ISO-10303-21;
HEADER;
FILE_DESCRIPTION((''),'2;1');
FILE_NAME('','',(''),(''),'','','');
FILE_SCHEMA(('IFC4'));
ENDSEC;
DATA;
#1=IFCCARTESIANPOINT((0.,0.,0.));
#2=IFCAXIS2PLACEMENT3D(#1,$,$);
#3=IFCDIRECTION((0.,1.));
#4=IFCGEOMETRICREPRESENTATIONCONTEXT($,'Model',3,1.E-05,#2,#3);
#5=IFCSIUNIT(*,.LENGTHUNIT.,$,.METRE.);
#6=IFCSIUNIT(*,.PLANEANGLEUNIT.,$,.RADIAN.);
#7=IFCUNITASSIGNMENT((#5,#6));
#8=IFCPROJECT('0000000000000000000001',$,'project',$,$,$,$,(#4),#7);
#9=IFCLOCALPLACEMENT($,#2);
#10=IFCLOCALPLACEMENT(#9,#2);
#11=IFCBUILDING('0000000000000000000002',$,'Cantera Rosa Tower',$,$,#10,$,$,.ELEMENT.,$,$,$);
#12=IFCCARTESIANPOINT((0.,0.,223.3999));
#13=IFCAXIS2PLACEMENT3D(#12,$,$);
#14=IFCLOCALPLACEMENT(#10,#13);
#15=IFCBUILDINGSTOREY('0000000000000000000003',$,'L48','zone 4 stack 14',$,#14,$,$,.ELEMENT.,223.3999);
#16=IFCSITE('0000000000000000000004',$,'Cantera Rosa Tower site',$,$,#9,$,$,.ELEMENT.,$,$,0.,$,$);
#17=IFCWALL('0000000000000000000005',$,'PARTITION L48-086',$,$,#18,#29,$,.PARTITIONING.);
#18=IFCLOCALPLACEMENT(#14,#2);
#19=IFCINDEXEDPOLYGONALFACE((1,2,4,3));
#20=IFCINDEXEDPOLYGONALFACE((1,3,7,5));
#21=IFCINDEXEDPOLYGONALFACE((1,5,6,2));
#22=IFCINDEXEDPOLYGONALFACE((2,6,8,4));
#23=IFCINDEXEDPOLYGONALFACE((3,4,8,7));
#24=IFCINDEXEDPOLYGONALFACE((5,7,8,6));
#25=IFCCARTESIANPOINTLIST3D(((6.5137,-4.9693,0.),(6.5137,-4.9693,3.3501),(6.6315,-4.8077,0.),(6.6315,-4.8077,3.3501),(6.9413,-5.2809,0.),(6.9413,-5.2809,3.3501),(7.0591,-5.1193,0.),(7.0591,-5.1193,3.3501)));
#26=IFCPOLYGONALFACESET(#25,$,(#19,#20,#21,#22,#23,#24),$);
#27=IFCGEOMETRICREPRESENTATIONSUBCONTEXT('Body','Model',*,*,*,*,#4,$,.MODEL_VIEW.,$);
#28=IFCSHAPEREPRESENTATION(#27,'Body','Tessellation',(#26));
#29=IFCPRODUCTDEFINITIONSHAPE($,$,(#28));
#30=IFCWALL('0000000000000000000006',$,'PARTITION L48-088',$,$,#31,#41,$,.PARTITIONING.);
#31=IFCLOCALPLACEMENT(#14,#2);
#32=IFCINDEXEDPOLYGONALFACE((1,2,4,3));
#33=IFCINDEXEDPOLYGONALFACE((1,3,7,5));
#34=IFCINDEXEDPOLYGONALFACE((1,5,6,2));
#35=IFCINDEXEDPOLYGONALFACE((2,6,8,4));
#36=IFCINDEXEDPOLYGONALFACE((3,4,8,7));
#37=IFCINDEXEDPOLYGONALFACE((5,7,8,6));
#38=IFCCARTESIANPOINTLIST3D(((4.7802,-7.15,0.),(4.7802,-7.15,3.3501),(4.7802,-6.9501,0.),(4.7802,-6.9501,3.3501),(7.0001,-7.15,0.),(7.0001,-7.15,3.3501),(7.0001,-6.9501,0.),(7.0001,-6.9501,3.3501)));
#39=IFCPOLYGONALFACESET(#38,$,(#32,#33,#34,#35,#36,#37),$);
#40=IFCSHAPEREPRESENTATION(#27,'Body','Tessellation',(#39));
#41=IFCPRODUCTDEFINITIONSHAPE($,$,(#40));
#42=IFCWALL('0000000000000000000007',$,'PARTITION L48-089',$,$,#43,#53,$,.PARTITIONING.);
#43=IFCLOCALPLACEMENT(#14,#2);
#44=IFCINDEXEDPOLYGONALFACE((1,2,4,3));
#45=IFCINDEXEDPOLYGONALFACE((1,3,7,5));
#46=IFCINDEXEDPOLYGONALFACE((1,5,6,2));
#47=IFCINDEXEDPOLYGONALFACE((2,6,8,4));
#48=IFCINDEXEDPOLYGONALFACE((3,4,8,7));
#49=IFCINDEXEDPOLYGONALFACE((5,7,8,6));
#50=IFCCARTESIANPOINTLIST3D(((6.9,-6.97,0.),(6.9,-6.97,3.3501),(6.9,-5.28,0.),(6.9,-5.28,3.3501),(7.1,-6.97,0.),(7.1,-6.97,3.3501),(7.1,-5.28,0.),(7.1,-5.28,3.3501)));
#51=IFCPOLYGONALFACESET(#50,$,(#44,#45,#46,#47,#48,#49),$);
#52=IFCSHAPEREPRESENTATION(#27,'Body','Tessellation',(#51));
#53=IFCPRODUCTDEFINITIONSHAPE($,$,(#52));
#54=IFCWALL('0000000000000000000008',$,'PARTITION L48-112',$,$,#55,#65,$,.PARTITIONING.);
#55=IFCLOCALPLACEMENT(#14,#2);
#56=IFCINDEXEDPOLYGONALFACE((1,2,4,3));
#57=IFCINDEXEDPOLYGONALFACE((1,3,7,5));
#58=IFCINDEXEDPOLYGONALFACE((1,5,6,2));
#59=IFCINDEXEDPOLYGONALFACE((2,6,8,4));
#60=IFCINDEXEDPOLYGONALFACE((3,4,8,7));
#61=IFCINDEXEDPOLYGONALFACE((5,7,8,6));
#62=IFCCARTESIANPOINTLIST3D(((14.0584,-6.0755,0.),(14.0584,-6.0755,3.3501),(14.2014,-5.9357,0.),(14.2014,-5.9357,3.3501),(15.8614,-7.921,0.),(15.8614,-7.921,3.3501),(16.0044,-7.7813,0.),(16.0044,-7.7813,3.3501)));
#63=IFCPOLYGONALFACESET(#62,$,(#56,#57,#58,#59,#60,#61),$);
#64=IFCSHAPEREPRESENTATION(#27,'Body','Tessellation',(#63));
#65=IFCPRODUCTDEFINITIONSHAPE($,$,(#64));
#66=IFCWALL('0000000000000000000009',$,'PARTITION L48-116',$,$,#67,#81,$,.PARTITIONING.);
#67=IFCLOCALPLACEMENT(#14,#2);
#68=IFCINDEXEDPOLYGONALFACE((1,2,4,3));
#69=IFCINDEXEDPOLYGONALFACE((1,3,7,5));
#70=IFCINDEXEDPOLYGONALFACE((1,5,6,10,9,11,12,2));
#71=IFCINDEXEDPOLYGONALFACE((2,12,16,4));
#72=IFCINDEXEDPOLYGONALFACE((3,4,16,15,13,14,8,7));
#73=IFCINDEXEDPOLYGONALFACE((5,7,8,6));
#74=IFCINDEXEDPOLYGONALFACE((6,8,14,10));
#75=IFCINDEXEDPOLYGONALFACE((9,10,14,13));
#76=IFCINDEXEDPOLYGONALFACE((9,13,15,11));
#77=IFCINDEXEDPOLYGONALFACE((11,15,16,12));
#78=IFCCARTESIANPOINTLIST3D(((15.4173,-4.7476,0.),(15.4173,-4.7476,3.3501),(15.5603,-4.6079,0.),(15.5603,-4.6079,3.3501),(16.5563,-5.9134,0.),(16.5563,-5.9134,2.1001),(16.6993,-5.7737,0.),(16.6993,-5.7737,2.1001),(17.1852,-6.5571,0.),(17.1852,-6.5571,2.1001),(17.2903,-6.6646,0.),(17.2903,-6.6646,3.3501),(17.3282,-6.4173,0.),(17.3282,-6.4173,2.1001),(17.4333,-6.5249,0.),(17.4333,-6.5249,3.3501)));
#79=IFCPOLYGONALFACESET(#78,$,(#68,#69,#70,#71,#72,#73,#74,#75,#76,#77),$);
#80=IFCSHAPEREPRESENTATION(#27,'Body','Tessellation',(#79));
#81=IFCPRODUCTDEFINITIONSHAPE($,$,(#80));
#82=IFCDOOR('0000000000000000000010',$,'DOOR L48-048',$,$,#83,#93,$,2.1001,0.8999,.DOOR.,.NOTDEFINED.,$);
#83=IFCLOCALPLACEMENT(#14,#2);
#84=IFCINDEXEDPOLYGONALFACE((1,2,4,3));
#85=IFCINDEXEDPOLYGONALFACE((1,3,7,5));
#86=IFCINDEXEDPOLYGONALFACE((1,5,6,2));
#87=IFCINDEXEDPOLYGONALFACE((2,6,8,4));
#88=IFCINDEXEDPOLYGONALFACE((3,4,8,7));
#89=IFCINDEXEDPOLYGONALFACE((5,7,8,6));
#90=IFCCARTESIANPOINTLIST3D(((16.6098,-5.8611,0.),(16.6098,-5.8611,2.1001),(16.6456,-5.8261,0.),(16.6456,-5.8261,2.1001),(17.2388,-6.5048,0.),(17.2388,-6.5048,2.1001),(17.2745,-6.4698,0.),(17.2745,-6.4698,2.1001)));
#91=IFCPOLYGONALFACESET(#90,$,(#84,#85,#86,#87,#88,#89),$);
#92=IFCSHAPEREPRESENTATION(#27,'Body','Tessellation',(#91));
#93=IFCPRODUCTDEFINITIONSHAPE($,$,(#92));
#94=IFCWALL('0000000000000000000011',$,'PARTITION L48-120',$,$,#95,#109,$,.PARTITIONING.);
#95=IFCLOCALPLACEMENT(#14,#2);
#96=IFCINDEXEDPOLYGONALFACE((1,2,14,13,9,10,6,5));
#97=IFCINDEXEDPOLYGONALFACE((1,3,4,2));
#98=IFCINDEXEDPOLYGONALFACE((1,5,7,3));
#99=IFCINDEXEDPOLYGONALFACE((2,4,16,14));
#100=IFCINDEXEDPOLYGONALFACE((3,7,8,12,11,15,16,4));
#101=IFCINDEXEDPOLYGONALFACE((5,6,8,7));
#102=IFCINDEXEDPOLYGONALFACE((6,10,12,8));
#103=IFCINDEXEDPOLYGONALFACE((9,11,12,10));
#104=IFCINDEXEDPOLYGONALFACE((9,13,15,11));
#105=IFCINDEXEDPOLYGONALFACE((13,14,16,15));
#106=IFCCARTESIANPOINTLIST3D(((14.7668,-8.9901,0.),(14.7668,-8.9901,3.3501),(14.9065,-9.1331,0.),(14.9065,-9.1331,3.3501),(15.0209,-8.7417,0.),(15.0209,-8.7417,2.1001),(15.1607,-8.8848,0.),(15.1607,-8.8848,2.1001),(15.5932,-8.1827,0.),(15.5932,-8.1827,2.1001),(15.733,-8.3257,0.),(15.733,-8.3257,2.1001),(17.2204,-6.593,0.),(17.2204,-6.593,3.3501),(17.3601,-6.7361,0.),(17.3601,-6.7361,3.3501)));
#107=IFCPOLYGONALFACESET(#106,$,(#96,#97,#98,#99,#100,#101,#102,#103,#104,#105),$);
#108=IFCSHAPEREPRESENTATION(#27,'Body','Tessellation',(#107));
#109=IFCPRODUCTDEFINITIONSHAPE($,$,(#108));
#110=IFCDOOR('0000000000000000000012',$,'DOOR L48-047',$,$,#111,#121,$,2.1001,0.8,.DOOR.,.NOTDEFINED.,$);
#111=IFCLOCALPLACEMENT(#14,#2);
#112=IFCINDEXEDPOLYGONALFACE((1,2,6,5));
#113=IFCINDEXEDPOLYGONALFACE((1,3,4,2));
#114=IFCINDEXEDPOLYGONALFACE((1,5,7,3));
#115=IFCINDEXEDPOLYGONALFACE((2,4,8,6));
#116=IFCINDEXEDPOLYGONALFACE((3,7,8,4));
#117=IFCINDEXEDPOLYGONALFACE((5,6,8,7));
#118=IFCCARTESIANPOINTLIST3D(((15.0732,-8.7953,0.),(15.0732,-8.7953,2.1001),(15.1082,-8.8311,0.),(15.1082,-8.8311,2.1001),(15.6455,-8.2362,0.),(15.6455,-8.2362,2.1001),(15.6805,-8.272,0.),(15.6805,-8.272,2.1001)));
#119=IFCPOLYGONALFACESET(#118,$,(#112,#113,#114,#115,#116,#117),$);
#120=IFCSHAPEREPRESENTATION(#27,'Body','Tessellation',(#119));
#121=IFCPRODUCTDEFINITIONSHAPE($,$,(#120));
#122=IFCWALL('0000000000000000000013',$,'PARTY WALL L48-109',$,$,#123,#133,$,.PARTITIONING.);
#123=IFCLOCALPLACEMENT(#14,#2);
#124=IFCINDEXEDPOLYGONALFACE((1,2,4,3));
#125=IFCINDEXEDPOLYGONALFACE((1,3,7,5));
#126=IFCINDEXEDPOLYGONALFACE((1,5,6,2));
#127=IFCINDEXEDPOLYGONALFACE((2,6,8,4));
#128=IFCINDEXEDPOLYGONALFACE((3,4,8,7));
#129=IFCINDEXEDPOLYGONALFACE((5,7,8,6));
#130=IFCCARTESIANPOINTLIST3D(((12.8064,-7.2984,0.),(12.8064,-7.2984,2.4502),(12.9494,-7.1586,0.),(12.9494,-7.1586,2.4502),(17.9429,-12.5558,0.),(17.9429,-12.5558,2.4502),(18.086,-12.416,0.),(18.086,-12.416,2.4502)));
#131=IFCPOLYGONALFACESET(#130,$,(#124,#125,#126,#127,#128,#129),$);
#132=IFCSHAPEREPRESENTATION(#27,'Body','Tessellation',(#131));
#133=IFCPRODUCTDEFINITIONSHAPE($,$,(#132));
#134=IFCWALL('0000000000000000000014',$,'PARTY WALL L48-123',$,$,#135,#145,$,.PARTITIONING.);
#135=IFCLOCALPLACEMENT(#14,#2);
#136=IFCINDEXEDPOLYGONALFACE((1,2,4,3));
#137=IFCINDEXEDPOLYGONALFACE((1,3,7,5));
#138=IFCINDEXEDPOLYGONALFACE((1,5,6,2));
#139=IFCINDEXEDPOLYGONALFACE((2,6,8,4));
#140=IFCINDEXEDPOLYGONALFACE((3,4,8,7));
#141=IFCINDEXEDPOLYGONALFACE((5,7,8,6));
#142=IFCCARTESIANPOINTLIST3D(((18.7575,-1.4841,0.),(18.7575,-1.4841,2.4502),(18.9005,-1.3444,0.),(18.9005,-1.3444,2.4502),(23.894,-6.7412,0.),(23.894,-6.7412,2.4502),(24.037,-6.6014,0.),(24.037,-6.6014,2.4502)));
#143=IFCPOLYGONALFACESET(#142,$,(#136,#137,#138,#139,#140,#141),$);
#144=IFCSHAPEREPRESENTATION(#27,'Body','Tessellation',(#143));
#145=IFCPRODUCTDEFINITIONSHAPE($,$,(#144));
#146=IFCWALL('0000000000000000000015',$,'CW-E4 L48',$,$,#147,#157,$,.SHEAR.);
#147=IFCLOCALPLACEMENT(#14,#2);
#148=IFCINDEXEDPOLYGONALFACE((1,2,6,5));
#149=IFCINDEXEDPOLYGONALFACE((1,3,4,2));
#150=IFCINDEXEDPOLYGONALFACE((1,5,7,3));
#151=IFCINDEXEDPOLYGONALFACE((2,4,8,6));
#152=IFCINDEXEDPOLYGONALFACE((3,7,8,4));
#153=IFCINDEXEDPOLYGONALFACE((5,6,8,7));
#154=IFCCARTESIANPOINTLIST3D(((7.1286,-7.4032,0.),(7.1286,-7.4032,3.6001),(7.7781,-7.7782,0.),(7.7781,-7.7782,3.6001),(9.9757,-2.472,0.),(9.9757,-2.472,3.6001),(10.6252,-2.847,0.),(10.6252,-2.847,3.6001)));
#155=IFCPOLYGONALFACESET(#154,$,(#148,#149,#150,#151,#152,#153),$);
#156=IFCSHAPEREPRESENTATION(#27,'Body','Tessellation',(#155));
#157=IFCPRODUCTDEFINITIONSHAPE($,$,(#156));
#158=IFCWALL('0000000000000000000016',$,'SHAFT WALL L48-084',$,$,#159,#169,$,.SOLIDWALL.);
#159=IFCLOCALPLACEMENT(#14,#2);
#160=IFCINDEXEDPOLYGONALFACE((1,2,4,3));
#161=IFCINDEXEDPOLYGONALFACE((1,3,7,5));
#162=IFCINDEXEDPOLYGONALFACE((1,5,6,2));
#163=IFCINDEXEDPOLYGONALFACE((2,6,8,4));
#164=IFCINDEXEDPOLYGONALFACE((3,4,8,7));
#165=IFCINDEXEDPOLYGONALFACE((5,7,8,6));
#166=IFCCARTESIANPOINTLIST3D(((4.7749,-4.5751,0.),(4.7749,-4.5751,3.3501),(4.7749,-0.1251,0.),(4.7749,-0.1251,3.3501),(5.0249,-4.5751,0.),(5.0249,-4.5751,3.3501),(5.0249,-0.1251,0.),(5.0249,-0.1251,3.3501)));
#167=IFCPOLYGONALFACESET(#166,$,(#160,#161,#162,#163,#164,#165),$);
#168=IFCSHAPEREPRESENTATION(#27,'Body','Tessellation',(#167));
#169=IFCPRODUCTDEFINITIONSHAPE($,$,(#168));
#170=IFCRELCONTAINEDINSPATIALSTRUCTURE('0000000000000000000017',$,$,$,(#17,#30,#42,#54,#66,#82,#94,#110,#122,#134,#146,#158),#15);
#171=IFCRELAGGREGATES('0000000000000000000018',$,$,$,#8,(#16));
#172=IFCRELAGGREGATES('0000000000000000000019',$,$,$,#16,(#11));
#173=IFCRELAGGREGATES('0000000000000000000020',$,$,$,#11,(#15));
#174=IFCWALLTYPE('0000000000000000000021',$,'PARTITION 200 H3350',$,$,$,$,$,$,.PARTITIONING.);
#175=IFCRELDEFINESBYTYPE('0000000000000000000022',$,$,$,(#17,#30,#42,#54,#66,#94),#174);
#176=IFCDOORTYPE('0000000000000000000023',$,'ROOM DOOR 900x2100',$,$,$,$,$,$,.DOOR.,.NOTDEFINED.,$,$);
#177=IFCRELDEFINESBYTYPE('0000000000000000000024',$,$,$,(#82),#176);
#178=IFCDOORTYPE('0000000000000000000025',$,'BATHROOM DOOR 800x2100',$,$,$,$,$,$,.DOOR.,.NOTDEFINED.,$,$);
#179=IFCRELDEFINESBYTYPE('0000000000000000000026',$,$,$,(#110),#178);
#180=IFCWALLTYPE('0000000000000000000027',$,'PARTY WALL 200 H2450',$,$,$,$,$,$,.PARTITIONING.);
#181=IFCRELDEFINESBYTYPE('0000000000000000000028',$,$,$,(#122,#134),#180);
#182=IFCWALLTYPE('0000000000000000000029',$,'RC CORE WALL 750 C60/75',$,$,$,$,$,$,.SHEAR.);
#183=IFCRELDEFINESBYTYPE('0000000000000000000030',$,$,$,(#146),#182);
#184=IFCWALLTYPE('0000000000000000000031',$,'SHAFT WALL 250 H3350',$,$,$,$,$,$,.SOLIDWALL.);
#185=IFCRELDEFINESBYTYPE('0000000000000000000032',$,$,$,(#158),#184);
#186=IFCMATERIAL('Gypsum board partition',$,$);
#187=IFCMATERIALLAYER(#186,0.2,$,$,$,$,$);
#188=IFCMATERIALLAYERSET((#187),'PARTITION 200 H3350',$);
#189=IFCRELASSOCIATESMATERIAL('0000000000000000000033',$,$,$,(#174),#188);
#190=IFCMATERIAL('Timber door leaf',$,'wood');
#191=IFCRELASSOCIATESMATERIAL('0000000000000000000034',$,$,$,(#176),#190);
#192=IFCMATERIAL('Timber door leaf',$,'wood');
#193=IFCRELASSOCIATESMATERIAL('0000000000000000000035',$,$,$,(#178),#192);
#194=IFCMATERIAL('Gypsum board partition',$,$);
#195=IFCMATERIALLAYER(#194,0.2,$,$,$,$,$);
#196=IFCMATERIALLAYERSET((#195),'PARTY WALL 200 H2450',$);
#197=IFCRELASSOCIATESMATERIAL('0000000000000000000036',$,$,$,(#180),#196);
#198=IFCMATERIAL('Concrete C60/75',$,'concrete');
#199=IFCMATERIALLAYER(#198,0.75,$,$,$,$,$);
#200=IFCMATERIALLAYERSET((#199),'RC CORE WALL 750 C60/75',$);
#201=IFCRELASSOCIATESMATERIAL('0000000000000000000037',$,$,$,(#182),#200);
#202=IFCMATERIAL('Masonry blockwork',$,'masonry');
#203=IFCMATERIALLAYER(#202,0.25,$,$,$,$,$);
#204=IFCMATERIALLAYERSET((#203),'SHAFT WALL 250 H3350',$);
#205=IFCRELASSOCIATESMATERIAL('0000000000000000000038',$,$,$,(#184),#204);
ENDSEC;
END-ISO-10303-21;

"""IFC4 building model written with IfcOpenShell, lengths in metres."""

from ifc_helpers import new_model, si_unit, direction, frame, frame_2d, origin, place, context, subcontext, project, spatial, rectangle, extrude, material, layer, layer_set, type_object, element, fill, save


model = new_model("IFC4")

# Units and contexts
model_context = context("Model", 3, precision=1e-05, world=origin(), true_north=direction((0.0, 1.0)))
body_context = subcontext(model_context, "Body", "Model", "MODEL_VIEW")
ifc_project = project(units=[si_unit("LENGTHUNIT", "METRE"), si_unit("PLANEANGLEUNIT", "RADIAN")], contexts=[model_context])

# Site, building, storey
site_placement = place(None, origin())
site = spatial("IfcSite", under=ifc_project, at=site_placement, Name="Cantera Rosa Tower site", CompositionType="ELEMENT", RefElevation=0.0)
building_placement = place(site_placement, origin())
building = spatial("IfcBuilding", under=site, at=building_placement, Name="Cantera Rosa Tower", CompositionType="ELEMENT")
storey_placement = place(building_placement, frame((0.0, 0.0, 223.3999)))
storey = spatial("IfcBuildingStorey", under=building, at=storey_placement, Name="L48", Description="zone 4 stack 14", CompositionType="ELEMENT", Elevation=223.3999)

# Walls
ifc_material_1 = material(Name="Gypsum board partition")
ifc_layer_1 = layer(ifc_material_1, 0.2)
ifc_layer_set_1 = layer_set([ifc_layer_1], Name="PARTITION 200 H3350")
wall_type_1 = type_object("IfcWallType", Name="PARTITION 200 H3350", PredefinedType="PARTITIONING", material=ifc_layer_set_1)
wall_1_placement = place(storey_placement, frame((6.5725, -4.8884, 0.0), z_axis=(0.0, 0.0, 1.0), x_axis=(0.808177, -0.58894, 0.0)))
element("IfcWall", 1, at=wall_1_placement, inside=storey, type_object=wall_type_1, Name="PARTITION L48-086", PredefinedType="PARTITIONING", context=body_context, shape_type="SweptSolid", body=[
    extrude(rectangle(XDim=0.5291, YDim=0.2, at=frame_2d((0.2646, 0.0))), origin(), (0.0, 0.0, 1.0), 3.3501),
])
wall_2_placement = place(storey_placement, frame((7.0, -7.05, 0.0), z_axis=(0.0, 0.0, 1.0), x_axis=(-1.0, 0.0, 0.0)))
element("IfcWall", 2, at=wall_2_placement, inside=storey, type_object=wall_type_1, Name="PARTITION L48-088", PredefinedType="PARTITIONING", context=body_context, shape_type="SweptSolid", body=[
    extrude(rectangle(XDim=2.22, YDim=0.2, at=frame_2d((1.1099, 0.0))), origin(), (0.0, 0.0, 1.0), 3.3501),
])
wall_3_placement = place(storey_placement, frame((7.0, -5.28, 0.0), z_axis=(0.0, 0.0, 1.0), x_axis=(0.0, -1.0, 0.0)))
element("IfcWall", 3, at=wall_3_placement, inside=storey, type_object=wall_type_1, Name="PARTITION L48-089", PredefinedType="PARTITIONING", context=body_context, shape_type="SweptSolid", body=[
    extrude(rectangle(XDim=1.6899, YDim=0.2, at=frame_2d((0.845, 0.0))), origin(), (0.0, 0.0, 1.0), 3.3501),
])
wall_4_placement = place(storey_placement, frame((14.1299, -6.0056, 0.0), z_axis=(0.0, 0.0, 1.0), x_axis=(0.698826, -0.715291, 0.0)))
element("IfcWall", 4, at=wall_4_placement, inside=storey, type_object=wall_type_1, Name="PARTITION L48-112", PredefinedType="PARTITIONING", context=body_context, shape_type="SweptSolid", body=[
    extrude(rectangle(XDim=2.5801, YDim=0.2, at=frame_2d((1.29, 0.0))), origin(), (0.0, 0.0, 1.0), 3.3501),
])

# Walls, openings, doors
wall_5_placement = place(storey_placement, frame((15.4888, -4.6777, 0.0), z_axis=(0.0, 0.0, 1.0), x_axis=(0.698861, -0.715258, 0.0)))
wall_5 = element("IfcWall", 5, at=wall_5_placement, inside=storey, type_object=wall_type_1, Name="PARTITION L48-116", PredefinedType="PARTITIONING", context=body_context, shape_type="SweptSolid", body=[
    extrude(rectangle(XDim=2.6802, YDim=0.2, at=frame_2d((1.3401, 0.0))), origin(), (0.0, 0.0, 1.0), 3.3501),
])
opening_1_placement = place(wall_5_placement, frame((1.6299, 0.0, 0.0)))
opening_1 = element("IfcOpeningElement", 6, at=opening_1_placement, cuts=wall_5, PredefinedType="OPENING", context=body_context, shape_type="SweptSolid", body=[
    extrude(rectangle(XDim=0.8999, YDim=2.1001, at=frame_2d((0.45, 1.05))), frame((0.0, 0.1099, 0.0), z_axis=(0.0, -1.0, 0.0), x_axis=(1.0, 0.0, 0.0)), (0.0, 0.0, 1.0), 0.22),
])
ifc_material_2 = material(Name="Timber door leaf", Category="wood")
door_type_1 = type_object("IfcDoorType", Name="ROOM DOOR 900x2100", OperationType="NOTDEFINED", PredefinedType="DOOR", material=ifc_material_2)
door_1_placement = place(opening_1_placement, origin())
door_1 = element("IfcDoor", 7, at=door_1_placement, inside=storey, type_object=door_type_1, Name="DOOR L48-048", OperationType="NOTDEFINED", OverallHeight=2.1001, OverallWidth=0.8999, PredefinedType="DOOR", context=body_context, shape_type="SweptSolid", body=[
    extrude(rectangle(XDim=0.8999, YDim=2.1001, at=frame_2d((0.45, 1.05))), frame((0.0, 0.0249, 0.0), z_axis=(0.0, -1.0, 0.0), x_axis=(1.0, 0.0, 0.0)), (0.0, 0.0, 1.0), 0.05),
])
fill(opening_1, door_1)
wall_6_placement = place(storey_placement, frame((17.2903, -6.6646, 0.0), z_axis=(0.0, 0.0, 1.0), x_axis=(-0.715315, -0.698802, 0.0)))
wall_6 = element("IfcWall", 8, at=wall_6_placement, inside=storey, type_object=wall_type_1, Name="PARTITION L48-120", PredefinedType="PARTITIONING", context=body_context, shape_type="SweptSolid", body=[
    extrude(rectangle(XDim=3.4302, YDim=0.2, at=frame_2d((1.7151, 0.0))), origin(), (0.0, 0.0, 1.0), 3.3501),
])
opening_2_placement = place(wall_6_placement, frame((2.2749, 0.0, 0.0)))
opening_2 = element("IfcOpeningElement", 9, at=opening_2_placement, cuts=wall_6, PredefinedType="OPENING", context=body_context, shape_type="SweptSolid", body=[
    extrude(rectangle(XDim=0.8, YDim=2.1001, at=frame_2d((0.3999, 1.05))), frame((0.0, 0.1099, 0.0), z_axis=(0.0, -1.0, 0.0), x_axis=(1.0, 0.0, 0.0)), (0.0, 0.0, 1.0), 0.22),
])
ifc_material_3 = material(Name="Timber door leaf", Category="wood")
door_type_2 = type_object("IfcDoorType", Name="BATHROOM DOOR 800x2100", OperationType="NOTDEFINED", PredefinedType="DOOR", material=ifc_material_3)
door_2_placement = place(opening_2_placement, origin())
door_2 = element("IfcDoor", 10, at=door_2_placement, inside=storey, type_object=door_type_2, Name="DOOR L48-047", OperationType="NOTDEFINED", OverallHeight=2.1001, OverallWidth=0.8, PredefinedType="DOOR", context=body_context, shape_type="SweptSolid", body=[
    extrude(rectangle(XDim=0.8, YDim=2.1001, at=frame_2d((0.3999, 1.05))), frame((0.0, 0.0249, 0.0), z_axis=(0.0, -1.0, 0.0), x_axis=(1.0, 0.0, 0.0)), (0.0, 0.0, 1.0), 0.05),
])
fill(opening_2, door_2)

# Walls
ifc_material_4 = material(Name="Gypsum board partition")
ifc_layer_2 = layer(ifc_material_4, 0.2)
ifc_layer_set_2 = layer_set([ifc_layer_2], Name="PARTY WALL 200 H2450")
wall_type_2 = type_object("IfcWallType", Name="PARTY WALL 200 H2450", PredefinedType="PARTITIONING", material=ifc_layer_set_2)
wall_7_placement = place(storey_placement, frame((12.8779, -7.2285, 0.0), z_axis=(0.0, 0.0, 1.0), x_axis=(0.698838, -0.71528, 0.0)))
element("IfcWall", 11, at=wall_7_placement, inside=storey, type_object=wall_type_2, Name="PARTY WALL L48-109", PredefinedType="PARTITIONING", context=body_context, shape_type="SweptSolid", body=[
    extrude(rectangle(XDim=7.3501, YDim=0.2, at=frame_2d((3.675, 0.0))), origin(), (0.0, 0.0, 1.0), 2.4502),
])
wall_8_placement = place(storey_placement, frame((18.8291, -1.4143, 0.0), z_axis=(0.0, 0.0, 1.0), x_axis=(0.698855, -0.715264, 0.0)))
element("IfcWall", 12, at=wall_8_placement, inside=storey, type_object=wall_type_2, Name="PARTY WALL L48-123", PredefinedType="PARTITIONING", context=body_context, shape_type="SweptSolid", body=[
    extrude(rectangle(XDim=7.3499, YDim=0.2, at=frame_2d((3.6748, 0.0))), origin(), (0.0, 0.0, 1.0), 2.4502),
])
ifc_material_5 = material(Name="Concrete C60/75", Category="concrete")
ifc_layer_3 = layer(ifc_material_5, 0.75)
ifc_layer_set_3 = layer_set([ifc_layer_3], Name="RC CORE WALL 750 C60/75")
wall_type_3 = type_object("IfcWallType", Name="RC CORE WALL 750 C60/75", PredefinedType="SHEAR", material=ifc_layer_set_3)
wall_9_placement = place(storey_placement, frame((10.3005, -2.6594, 0.0), z_axis=(0.0, 0.0, 1.0), x_axis=(-0.500022, -0.866013, 0.0)))
element("IfcWall", 13, at=wall_9_placement, inside=storey, type_object=wall_type_3, Name="CW-E4 L48", PredefinedType="SHEAR", context=body_context, shape_type="SweptSolid", body=[
    extrude(rectangle(XDim=5.6941, YDim=0.75, at=frame_2d((2.8472, 0.0))), origin(), (0.0, 0.0, 1.0), 3.6001),
])
ifc_material_6 = material(Name="Masonry blockwork", Category="masonry")
ifc_layer_4 = layer(ifc_material_6, 0.25)
ifc_layer_set_4 = layer_set([ifc_layer_4], Name="SHAFT WALL 250 H3350")
wall_type_4 = type_object("IfcWallType", Name="SHAFT WALL 250 H3350", PredefinedType="SOLIDWALL", material=ifc_layer_set_4)
wall_10_placement = place(storey_placement, frame((4.8999, -0.125, 0.0), z_axis=(0.0, 0.0, 1.0), x_axis=(0.0, -1.0, 0.0)))
element("IfcWall", 14, at=wall_10_placement, inside=storey, type_object=wall_type_4, Name="SHAFT WALL L48-084", PredefinedType="SOLIDWALL", context=body_context, shape_type="SweptSolid", body=[
    extrude(rectangle(XDim=4.45, YDim=0.25, at=frame_2d((2.2251, 0.0))), origin(), (0.0, 0.0, 1.0), 3.3501),
])

save(model, "model.ifc")
